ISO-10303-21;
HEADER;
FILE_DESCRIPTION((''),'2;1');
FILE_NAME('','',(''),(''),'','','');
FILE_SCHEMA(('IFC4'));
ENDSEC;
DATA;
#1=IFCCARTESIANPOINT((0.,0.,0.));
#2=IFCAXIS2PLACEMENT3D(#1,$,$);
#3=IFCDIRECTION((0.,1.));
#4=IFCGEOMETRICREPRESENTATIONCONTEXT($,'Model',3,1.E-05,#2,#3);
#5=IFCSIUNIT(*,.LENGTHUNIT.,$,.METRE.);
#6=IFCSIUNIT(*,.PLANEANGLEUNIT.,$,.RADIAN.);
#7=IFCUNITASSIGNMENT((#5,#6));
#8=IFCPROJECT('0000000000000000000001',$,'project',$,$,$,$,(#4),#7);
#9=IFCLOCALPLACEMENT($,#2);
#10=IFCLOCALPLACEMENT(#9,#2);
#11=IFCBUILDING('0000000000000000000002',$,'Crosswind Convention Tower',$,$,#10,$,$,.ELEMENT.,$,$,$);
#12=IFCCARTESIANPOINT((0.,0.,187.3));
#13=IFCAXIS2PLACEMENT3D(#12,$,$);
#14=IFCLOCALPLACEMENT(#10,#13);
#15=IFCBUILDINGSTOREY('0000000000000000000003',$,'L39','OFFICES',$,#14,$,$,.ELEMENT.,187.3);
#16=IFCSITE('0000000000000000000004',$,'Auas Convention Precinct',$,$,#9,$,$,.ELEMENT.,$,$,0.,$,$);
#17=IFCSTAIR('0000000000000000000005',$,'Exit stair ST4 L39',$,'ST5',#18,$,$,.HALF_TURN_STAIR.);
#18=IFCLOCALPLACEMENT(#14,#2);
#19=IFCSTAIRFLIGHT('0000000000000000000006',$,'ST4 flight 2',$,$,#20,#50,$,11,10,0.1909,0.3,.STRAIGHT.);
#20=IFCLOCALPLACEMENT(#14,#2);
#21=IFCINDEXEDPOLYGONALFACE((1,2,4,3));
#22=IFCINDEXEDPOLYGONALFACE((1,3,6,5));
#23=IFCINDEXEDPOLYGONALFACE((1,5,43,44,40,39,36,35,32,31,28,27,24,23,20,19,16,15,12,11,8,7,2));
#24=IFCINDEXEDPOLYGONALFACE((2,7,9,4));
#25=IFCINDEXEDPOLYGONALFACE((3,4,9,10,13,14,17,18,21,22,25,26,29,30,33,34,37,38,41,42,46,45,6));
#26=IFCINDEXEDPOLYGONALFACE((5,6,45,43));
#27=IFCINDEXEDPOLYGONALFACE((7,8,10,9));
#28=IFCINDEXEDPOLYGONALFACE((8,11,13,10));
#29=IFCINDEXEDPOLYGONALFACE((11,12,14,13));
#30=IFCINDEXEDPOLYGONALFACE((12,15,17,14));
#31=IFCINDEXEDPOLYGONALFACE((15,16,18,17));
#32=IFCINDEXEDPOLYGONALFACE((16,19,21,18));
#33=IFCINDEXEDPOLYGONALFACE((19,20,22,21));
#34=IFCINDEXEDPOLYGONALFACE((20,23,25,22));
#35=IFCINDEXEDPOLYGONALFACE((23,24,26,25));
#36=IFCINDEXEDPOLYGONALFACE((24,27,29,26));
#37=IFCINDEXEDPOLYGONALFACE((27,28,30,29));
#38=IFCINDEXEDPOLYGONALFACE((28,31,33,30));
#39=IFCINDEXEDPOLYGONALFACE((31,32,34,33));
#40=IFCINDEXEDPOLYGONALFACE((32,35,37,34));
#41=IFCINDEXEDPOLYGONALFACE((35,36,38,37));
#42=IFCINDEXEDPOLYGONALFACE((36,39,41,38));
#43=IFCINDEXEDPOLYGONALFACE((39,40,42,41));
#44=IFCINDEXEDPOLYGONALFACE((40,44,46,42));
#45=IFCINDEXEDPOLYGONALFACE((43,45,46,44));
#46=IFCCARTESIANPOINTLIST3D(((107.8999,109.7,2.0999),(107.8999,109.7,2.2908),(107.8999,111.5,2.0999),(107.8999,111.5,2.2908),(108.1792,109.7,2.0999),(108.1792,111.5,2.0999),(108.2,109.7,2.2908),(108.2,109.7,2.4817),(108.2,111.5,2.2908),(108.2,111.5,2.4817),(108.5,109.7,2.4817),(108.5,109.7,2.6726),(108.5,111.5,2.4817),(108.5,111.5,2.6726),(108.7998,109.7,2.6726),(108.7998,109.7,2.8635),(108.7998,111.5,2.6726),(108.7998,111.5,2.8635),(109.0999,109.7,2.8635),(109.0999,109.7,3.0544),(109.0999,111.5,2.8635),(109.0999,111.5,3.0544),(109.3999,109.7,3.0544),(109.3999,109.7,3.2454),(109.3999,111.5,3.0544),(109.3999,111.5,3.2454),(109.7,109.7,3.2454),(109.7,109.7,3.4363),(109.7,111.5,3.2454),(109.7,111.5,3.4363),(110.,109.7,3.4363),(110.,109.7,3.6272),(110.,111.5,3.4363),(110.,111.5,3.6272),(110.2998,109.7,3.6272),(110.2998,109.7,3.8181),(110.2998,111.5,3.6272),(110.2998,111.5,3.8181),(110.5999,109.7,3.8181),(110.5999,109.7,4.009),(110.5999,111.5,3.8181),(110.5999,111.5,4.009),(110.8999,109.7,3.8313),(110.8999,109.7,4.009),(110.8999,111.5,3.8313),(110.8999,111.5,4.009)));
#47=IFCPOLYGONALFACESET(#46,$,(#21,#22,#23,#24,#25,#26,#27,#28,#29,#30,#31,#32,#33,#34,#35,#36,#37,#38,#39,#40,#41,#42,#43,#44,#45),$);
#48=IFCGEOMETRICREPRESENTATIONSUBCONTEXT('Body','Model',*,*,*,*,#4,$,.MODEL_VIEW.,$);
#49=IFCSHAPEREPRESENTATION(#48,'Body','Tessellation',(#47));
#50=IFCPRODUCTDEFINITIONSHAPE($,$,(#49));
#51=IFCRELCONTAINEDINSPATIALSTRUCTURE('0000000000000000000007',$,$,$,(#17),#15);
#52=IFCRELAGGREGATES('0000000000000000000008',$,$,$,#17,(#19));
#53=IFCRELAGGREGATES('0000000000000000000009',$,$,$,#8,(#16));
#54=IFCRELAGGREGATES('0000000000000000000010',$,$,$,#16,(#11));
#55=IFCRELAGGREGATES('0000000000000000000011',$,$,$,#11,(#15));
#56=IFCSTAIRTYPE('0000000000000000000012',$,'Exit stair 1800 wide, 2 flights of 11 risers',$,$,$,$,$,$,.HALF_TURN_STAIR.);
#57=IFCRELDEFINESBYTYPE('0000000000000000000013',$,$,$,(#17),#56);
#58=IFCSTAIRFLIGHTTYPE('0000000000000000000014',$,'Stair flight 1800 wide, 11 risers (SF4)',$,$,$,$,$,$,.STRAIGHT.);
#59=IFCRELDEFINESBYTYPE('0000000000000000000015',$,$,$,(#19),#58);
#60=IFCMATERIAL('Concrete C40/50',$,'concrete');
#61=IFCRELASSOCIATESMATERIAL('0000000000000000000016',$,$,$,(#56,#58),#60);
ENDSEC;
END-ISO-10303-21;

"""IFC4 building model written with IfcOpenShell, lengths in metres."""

from ifc_helpers import new_model, si_unit, direction, frame, origin, place, context, subcontext, project, spatial, polyline, outline, extrude, material, type_object, element, aggregate, save


model = new_model("IFC4")

# Units and contexts
model_context = context("Model", 3, precision=1e-05, world=origin(), true_north=direction((0.0, 1.0)))
body_context = subcontext(model_context, "Body", "Model", "MODEL_VIEW")
ifc_project = project(units=[si_unit("LENGTHUNIT", "METRE"), si_unit("PLANEANGLEUNIT", "RADIAN")], contexts=[model_context])

# Site, building, storey
site_placement = place(None, origin())
site = spatial("IfcSite", under=ifc_project, at=site_placement, Name="Auas Convention Precinct", CompositionType="ELEMENT", RefElevation=0.0)
building_placement = place(site_placement, origin())
building = spatial("IfcBuilding", under=site, at=building_placement, Name="Crosswind Convention Tower", CompositionType="ELEMENT")
storey_placement = place(building_placement, frame((0.0, 0.0, 187.3)))
storey = spatial("IfcBuildingStorey", under=building, at=storey_placement, Name="L39", Description="OFFICES", CompositionType="ELEMENT", Elevation=187.3)

# Stair, stair flight
ifc_material_1 = material(Name="Concrete C40/50", Category="concrete")
stair_type = type_object("IfcStairType", Name="Exit stair 1800 wide, 2 flights of 11 risers", PredefinedType="HALF_TURN_STAIR", material=ifc_material_1)
stair_placement = place(storey_placement, origin())
stair = element("IfcStair", 1, at=stair_placement, inside=storey, type_object=stair_type, Name="Exit stair ST4 L39", ObjectType="ST5", PredefinedType="HALF_TURN_STAIR")
stair_flight_type = type_object("IfcStairFlightType", Name="Stair flight 1800 wide, 11 risers (SF4)", PredefinedType="STRAIGHT", material=ifc_material_1)
stair_flight_placement = place(storey_placement, frame((107.8999, 110.6001, 2.0999), z_axis=(0.0, 0.0, 1.0), x_axis=(1.0, 0.0, 0.0)))
stair_flight = element("IfcStairFlight", 2, at=stair_flight_placement, type_object=stair_flight_type, Name="ST4 flight 2", NumberOfRisers=11, NumberOfTreads=10, PredefinedType="STRAIGHT", RiserHeight=0.1909, TreadLength=0.3, context=body_context, shape_type="SweptSolid", body=[
    extrude(outline(polyline([(0.0, 0.0), (0.0, 0.1909), (0.3, 0.1909), (0.3, 0.3818), (0.6001, 0.3818), (0.6001, 0.5728), (0.8999, 0.5728), (0.8999, 0.7637), (1.2, 0.7637), (1.2, 0.9546), (1.5, 0.9546), (1.5, 1.1455), (1.8, 1.1455), (1.8, 1.3364), (2.1001, 1.3364), (2.1001, 1.5273), (2.3999, 1.5273), (2.3999, 1.7183), (2.7, 1.7183), (2.7, 1.9092), (3.0, 1.9092), (3.0, 2.1001), (3.0, 1.7314), (0.2793, 0.0), (0.0, 0.0)])), frame((0.0, 0.8999, 0.0), z_axis=(0.0, -1.0, 0.0), x_axis=(1.0, 0.0, 0.0)), (0.0, 0.0, 1.0), 1.8),
])
aggregate(stair, [stair_flight])

save(model, "model.ifc")
